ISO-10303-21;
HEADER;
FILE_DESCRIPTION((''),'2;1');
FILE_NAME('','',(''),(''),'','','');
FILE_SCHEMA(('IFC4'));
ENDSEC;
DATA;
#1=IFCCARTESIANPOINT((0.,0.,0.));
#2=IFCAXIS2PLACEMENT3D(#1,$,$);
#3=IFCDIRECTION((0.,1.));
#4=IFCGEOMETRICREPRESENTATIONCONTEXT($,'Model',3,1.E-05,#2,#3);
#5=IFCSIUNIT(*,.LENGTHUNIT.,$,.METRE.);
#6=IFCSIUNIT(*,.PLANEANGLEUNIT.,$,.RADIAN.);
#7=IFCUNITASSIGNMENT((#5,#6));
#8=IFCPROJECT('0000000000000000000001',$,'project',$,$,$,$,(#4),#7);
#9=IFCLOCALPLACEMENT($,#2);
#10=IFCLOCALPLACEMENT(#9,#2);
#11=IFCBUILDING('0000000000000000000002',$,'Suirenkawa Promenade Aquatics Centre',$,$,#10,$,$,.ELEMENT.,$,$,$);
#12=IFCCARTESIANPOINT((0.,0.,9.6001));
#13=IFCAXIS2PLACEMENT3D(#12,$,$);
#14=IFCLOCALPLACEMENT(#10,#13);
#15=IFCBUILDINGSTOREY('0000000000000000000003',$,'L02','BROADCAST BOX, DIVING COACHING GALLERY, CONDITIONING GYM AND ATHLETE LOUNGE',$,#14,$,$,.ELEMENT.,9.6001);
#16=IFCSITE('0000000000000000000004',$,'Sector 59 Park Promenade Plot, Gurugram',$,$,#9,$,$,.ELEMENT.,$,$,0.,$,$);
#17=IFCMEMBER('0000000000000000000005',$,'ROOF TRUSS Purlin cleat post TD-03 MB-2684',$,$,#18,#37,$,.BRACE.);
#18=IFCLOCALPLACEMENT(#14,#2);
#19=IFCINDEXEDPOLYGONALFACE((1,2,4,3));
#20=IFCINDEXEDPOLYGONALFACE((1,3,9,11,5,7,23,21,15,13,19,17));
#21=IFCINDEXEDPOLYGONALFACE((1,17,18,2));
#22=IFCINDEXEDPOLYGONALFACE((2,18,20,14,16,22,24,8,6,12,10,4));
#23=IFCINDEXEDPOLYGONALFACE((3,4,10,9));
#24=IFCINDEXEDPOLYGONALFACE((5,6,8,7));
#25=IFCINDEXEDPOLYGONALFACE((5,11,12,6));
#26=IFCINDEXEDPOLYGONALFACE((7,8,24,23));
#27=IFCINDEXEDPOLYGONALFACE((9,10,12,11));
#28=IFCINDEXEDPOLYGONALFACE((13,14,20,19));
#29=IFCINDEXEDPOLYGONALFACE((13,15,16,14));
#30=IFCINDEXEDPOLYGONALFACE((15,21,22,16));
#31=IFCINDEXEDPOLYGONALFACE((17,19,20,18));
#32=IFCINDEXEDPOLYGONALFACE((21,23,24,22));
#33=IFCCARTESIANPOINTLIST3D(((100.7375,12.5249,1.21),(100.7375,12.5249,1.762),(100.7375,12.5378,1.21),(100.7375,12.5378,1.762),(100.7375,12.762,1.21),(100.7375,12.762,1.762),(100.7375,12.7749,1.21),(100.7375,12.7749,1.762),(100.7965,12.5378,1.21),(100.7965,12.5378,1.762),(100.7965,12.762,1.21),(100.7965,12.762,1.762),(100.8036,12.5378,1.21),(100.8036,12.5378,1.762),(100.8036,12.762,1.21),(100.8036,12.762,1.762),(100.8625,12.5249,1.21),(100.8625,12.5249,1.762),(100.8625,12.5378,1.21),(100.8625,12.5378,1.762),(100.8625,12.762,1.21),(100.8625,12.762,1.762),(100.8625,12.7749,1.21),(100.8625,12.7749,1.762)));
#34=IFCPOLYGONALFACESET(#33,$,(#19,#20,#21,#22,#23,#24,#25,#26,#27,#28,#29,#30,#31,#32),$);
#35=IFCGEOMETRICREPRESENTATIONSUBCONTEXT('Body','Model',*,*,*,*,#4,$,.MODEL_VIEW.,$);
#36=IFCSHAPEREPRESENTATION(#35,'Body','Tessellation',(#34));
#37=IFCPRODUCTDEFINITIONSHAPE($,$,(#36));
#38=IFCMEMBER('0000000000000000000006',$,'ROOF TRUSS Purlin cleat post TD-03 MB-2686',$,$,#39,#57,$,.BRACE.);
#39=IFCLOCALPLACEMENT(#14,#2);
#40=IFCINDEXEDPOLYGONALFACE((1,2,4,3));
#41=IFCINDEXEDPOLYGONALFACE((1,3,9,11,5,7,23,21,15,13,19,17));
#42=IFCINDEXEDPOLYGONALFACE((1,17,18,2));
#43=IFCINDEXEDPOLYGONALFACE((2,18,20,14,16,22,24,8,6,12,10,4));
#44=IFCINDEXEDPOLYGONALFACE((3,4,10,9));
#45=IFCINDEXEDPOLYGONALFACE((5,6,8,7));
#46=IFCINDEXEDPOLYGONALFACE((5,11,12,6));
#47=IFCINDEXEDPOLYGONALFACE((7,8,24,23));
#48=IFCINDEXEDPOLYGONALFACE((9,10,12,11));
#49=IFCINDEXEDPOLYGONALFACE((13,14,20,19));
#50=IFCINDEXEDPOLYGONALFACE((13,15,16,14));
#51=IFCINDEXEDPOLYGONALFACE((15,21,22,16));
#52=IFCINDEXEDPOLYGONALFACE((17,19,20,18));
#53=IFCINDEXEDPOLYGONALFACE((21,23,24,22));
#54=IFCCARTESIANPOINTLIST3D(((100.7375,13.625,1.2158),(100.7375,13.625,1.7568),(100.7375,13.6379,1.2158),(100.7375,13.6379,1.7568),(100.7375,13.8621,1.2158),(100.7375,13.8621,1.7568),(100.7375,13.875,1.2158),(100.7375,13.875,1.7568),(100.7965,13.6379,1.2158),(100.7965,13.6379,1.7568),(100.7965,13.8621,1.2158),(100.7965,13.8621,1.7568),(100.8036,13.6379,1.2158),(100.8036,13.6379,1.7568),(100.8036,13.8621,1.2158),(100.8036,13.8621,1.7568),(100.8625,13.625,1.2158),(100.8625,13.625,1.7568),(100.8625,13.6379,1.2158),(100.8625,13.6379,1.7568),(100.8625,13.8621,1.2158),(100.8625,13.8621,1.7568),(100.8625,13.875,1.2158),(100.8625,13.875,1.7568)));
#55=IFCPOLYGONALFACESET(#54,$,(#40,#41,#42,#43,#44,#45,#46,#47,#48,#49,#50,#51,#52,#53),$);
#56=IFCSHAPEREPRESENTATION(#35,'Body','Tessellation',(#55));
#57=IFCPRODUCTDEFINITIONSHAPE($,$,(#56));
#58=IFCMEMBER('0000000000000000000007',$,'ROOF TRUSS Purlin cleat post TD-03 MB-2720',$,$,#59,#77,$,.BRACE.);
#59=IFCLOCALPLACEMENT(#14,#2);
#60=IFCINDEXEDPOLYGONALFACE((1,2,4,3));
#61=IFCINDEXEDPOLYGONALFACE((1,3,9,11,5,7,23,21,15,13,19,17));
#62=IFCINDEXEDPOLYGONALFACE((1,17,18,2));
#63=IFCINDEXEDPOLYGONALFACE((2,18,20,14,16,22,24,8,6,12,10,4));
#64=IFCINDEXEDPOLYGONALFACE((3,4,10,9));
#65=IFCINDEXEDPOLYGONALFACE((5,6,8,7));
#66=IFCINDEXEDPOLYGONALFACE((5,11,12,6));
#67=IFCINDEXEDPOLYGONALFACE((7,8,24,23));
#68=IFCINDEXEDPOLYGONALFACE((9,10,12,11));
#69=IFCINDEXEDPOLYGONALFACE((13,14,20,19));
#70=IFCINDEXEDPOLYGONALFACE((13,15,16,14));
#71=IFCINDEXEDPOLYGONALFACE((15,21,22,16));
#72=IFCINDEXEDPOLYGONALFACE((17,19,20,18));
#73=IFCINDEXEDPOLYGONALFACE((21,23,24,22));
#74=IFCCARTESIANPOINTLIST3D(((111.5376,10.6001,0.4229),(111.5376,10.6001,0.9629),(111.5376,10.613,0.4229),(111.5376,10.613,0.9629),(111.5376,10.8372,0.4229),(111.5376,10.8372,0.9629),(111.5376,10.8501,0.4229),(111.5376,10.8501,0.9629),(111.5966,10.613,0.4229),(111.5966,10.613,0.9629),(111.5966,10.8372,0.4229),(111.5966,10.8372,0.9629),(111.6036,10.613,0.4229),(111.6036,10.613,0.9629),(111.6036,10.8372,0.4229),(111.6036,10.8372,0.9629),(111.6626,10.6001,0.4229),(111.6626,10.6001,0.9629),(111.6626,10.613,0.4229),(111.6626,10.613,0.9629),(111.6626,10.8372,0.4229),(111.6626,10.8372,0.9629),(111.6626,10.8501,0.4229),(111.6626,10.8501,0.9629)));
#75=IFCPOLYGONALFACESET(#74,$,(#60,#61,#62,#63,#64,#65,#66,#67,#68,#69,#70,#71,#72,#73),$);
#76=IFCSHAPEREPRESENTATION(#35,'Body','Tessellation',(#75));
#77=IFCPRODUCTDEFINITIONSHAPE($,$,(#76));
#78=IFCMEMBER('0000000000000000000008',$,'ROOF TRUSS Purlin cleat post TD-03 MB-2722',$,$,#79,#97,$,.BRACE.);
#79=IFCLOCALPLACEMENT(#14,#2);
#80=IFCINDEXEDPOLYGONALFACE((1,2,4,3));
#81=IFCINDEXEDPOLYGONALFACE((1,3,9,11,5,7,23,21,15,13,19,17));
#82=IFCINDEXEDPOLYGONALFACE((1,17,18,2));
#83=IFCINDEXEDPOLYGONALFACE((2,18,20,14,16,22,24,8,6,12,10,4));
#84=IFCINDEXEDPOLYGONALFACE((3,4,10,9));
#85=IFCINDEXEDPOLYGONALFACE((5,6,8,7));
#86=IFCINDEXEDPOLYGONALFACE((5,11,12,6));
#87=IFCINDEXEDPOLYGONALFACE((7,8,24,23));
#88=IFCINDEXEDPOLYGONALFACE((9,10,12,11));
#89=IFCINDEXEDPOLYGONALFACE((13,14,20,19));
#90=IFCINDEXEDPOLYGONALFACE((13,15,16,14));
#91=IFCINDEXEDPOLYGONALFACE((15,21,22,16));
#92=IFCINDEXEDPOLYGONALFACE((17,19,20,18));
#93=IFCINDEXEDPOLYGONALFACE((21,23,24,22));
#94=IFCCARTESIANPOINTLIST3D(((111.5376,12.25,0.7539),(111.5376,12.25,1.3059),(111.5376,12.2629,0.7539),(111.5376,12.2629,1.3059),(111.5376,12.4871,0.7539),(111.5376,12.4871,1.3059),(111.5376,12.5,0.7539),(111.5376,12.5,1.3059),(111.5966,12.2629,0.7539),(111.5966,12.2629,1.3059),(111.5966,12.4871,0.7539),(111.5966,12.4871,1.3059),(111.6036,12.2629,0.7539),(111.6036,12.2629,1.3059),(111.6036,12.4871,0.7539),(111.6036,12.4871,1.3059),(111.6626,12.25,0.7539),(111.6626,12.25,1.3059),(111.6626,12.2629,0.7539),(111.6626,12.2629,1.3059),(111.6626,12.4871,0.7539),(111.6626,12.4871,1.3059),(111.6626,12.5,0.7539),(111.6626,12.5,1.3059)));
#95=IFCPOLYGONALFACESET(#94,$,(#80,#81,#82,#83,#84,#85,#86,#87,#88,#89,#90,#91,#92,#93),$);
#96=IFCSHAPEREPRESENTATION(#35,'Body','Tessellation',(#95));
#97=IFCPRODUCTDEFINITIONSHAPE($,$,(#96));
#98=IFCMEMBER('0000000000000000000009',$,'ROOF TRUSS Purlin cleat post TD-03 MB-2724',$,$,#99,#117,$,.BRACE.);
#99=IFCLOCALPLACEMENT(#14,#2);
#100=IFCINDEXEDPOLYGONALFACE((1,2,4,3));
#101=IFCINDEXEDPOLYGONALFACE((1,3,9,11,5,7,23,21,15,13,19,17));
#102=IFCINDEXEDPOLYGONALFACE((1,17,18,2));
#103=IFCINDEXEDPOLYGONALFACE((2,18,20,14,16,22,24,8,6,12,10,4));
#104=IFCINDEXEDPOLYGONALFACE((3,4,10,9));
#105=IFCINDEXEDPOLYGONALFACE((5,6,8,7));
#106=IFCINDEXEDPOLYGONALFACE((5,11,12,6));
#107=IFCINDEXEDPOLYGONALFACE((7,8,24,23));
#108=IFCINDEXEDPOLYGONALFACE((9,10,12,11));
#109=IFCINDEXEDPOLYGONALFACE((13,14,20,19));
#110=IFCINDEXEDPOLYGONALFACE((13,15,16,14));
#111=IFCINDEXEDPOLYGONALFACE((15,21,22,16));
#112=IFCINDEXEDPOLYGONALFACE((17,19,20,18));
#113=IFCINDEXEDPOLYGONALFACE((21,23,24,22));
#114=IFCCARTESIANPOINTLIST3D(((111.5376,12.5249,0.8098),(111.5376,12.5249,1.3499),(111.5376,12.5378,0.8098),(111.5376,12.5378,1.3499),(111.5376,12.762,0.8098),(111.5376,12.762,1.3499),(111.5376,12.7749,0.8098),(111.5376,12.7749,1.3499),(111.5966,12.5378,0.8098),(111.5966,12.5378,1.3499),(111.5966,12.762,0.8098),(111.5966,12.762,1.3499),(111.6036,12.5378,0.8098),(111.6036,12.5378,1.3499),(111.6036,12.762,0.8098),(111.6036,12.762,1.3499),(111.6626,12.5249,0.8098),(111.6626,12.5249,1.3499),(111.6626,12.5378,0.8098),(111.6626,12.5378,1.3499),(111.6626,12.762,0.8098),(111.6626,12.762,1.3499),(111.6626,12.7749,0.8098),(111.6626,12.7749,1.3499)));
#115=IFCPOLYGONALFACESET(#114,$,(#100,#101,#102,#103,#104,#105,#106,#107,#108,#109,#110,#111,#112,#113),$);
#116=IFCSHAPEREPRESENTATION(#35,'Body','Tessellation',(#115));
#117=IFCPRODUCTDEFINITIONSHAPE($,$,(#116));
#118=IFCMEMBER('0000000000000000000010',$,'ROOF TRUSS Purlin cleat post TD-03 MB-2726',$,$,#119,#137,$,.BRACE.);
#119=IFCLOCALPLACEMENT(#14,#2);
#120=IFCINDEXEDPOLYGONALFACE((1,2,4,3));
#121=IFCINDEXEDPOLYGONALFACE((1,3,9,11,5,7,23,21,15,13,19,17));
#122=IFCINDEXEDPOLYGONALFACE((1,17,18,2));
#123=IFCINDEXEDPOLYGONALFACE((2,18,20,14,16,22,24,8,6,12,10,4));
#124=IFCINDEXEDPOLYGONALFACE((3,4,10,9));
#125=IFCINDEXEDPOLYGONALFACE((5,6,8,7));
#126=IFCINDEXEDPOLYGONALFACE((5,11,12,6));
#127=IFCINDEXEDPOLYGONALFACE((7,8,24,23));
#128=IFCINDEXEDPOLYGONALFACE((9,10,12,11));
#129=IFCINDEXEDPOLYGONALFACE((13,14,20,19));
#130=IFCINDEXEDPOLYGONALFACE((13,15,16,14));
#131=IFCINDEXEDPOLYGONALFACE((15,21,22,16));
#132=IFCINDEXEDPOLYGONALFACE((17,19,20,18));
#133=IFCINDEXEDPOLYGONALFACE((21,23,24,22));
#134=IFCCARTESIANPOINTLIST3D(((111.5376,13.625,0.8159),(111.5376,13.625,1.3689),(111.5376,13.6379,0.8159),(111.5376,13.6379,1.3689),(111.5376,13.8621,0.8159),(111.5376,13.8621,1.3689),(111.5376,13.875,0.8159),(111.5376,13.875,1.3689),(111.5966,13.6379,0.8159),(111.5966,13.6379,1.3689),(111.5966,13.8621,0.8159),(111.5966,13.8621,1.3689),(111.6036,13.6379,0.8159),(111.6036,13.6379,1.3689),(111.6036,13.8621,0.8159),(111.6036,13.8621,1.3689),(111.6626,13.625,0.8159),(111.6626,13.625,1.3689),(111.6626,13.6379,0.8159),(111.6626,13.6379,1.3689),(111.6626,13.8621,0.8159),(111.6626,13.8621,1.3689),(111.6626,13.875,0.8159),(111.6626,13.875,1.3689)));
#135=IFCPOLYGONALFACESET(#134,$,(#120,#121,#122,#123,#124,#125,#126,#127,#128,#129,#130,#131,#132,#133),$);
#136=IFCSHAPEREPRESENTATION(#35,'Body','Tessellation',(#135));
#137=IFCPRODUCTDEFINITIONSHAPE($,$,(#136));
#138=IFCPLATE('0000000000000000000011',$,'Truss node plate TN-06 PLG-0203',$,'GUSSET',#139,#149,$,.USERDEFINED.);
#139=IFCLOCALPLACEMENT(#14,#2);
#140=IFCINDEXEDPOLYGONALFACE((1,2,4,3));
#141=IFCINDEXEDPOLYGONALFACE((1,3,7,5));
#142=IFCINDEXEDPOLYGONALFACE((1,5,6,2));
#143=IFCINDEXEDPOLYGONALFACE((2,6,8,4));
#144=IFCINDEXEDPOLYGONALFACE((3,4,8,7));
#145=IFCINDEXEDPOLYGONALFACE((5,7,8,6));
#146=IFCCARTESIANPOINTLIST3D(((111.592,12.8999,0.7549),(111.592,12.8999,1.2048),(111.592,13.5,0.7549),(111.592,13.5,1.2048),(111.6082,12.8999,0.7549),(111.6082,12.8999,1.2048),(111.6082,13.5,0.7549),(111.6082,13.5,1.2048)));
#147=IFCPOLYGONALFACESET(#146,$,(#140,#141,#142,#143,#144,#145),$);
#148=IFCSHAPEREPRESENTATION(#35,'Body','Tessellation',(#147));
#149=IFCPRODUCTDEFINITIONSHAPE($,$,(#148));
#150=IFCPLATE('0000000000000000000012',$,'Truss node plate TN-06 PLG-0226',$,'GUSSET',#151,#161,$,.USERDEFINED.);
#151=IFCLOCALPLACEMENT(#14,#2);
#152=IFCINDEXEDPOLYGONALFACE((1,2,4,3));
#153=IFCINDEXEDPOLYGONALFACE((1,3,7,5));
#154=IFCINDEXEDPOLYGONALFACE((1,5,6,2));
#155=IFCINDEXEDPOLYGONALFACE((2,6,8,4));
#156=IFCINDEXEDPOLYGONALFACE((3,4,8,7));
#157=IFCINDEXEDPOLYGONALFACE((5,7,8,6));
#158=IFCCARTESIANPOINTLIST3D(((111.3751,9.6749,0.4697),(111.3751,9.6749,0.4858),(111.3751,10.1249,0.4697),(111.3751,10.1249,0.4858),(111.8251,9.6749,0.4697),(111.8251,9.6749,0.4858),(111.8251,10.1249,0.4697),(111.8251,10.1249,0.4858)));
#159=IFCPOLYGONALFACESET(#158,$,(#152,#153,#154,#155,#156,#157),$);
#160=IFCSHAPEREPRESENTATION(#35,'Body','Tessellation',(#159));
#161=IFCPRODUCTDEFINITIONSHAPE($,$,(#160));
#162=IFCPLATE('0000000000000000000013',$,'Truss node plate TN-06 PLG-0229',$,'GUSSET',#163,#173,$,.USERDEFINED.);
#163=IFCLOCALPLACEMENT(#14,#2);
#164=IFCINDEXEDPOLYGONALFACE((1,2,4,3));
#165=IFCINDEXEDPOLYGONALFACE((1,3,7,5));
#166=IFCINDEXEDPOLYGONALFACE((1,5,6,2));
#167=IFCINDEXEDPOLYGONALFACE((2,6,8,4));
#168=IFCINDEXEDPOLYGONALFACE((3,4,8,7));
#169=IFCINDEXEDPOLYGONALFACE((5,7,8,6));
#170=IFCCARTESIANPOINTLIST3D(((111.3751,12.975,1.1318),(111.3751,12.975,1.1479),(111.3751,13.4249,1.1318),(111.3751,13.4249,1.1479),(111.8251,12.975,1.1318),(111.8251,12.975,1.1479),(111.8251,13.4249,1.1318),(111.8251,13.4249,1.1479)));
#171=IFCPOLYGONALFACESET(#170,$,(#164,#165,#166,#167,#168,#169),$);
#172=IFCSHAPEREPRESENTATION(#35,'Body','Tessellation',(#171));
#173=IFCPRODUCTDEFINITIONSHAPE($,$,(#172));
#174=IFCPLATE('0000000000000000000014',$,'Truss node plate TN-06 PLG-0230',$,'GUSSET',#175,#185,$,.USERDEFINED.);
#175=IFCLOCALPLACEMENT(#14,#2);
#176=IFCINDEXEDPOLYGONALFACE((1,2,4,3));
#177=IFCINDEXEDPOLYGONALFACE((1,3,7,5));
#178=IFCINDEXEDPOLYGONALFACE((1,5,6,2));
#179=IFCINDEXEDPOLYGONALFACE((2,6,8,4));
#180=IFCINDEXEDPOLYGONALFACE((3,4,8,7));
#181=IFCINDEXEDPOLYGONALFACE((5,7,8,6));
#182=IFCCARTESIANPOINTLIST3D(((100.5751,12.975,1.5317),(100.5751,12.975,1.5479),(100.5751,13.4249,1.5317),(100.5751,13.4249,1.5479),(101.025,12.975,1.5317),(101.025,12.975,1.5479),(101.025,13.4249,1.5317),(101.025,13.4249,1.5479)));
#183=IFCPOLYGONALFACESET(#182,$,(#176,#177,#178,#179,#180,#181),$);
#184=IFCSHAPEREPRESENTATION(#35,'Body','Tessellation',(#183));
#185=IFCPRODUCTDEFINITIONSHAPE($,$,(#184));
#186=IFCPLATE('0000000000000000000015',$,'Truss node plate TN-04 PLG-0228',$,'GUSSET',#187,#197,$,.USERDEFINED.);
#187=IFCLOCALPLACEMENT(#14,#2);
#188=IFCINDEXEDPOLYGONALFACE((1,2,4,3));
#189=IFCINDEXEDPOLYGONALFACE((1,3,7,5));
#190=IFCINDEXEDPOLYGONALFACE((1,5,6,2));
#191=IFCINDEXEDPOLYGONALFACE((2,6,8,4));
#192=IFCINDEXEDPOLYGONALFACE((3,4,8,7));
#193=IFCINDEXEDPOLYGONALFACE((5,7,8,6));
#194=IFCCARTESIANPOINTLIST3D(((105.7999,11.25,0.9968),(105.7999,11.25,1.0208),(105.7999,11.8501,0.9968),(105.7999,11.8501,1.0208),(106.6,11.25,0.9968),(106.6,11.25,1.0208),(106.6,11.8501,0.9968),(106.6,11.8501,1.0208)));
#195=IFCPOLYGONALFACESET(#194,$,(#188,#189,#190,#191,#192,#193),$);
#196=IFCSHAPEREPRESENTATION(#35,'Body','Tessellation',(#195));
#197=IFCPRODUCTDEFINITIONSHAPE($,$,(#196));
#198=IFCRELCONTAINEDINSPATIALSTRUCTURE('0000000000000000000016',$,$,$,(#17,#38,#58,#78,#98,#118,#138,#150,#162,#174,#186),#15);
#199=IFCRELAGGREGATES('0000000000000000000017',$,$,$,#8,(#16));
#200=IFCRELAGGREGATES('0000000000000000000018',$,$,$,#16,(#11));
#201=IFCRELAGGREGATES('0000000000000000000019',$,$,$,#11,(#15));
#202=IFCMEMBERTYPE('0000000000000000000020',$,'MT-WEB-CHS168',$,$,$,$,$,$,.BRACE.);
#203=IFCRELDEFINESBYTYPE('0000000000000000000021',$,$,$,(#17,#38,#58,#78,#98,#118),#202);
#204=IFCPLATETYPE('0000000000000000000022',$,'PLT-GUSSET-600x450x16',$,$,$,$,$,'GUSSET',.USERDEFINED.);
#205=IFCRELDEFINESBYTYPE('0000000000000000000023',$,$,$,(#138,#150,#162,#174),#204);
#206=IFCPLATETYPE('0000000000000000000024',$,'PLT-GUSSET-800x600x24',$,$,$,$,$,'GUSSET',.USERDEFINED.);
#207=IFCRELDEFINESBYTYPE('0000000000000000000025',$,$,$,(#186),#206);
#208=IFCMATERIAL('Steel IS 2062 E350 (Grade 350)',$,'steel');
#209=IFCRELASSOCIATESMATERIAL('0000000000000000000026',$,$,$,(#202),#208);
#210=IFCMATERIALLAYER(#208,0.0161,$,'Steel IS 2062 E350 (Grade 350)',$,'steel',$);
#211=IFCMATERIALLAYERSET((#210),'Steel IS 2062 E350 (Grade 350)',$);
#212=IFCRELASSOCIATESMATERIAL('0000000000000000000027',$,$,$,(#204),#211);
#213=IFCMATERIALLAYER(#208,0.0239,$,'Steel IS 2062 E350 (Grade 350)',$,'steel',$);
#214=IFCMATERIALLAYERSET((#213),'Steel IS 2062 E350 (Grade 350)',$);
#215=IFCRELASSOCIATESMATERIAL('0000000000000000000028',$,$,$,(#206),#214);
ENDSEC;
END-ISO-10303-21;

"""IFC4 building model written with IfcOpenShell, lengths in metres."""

from ifc_helpers import new_model, si_unit, direction, frame, origin, origin_2d, place, context, subcontext, project, spatial, rectangle, i_section, extrude, material, layer, layer_set, material_profile, profile_set, type_object, element, save


model = new_model("IFC4")

# Units and contexts
model_context = context("Model", 3, precision=1e-05, world=origin(), true_north=direction((0.0, 1.0)))
body_context = subcontext(model_context, "Body", "Model", "MODEL_VIEW")
ifc_project = project(units=[si_unit("LENGTHUNIT", "METRE"), si_unit("PLANEANGLEUNIT", "RADIAN")], contexts=[model_context])

# Site, building, storey
site_placement = place(None, origin())
site = spatial("IfcSite", under=ifc_project, at=site_placement, Name="Sector 59 Park Promenade Plot, Gurugram", CompositionType="ELEMENT", RefElevation=0.0)
building_placement = place(site_placement, origin())
building = spatial("IfcBuilding", under=site, at=building_placement, Name="Suirenkawa Promenade Aquatics Centre", CompositionType="ELEMENT")
storey_placement = place(building_placement, frame((0.0, 0.0, 9.6001)))
storey = spatial("IfcBuildingStorey", under=building, at=storey_placement, Name="L02", Description="BROADCAST BOX, DIVING COACHING GALLERY, CONDITIONING GYM AND ATHLETE LOUNGE", CompositionType="ELEMENT", Elevation=9.6001)

# Shared definitions
ifc_material_1 = material(Name="Steel IS 2062 E350 (Grade 350)", Category="steel")

# Members
ifc_material_profile_1 = material_profile(ifc_material_1, i_section(OverallWidth=0.125, OverallDepth=0.25, WebThickness=0.0071, FlangeThickness=0.0129, at=origin_2d()), Name="ISMB 250", Category="steel")
ifc_profile_set_1 = profile_set([ifc_material_profile_1], Name="Steel IS 2062 E350 (Grade 350)")
member_type_1 = type_object("IfcMemberType", Name="MT-WEB-CHS168", PredefinedType="BRACE", material=ifc_profile_set_1)
member_1_placement = place(storey_placement, frame((100.8, 12.6499, 1.21), z_axis=(0.0, 0.0, 1.0), x_axis=(1.0, 0.0, 0.0)))
element("IfcMember", 1, at=member_1_placement, inside=storey, type_object=member_type_1, Name="ROOF TRUSS Purlin cleat post TD-03 MB-2684", PredefinedType="BRACE", context=body_context, shape_type="SweptSolid", body=[
    extrude(i_section(OverallWidth=0.125, OverallDepth=0.25, WebThickness=0.0071, FlangeThickness=0.0129, at=origin_2d()), origin(), (0.0, 0.0, 1.0), 0.552),
])
member_2_placement = place(storey_placement, frame((100.8, 13.75, 1.2158), z_axis=(0.0, 0.0, 1.0), x_axis=(1.0, 0.0, 0.0)))
element("IfcMember", 2, at=member_2_placement, inside=storey, type_object=member_type_1, Name="ROOF TRUSS Purlin cleat post TD-03 MB-2686", PredefinedType="BRACE", context=body_context, shape_type="SweptSolid", body=[
    extrude(i_section(OverallWidth=0.125, OverallDepth=0.25, WebThickness=0.0071, FlangeThickness=0.0129, at=origin_2d()), origin(), (0.0, 0.0, 1.0), 0.541),
])
member_3_placement = place(storey_placement, frame((111.6001, 10.7251, 0.4229), z_axis=(0.0, 0.0, 1.0), x_axis=(1.0, 0.0, 0.0)))
element("IfcMember", 3, at=member_3_placement, inside=storey, type_object=member_type_1, Name="ROOF TRUSS Purlin cleat post TD-03 MB-2720", PredefinedType="BRACE", context=body_context, shape_type="SweptSolid", body=[
    extrude(i_section(OverallWidth=0.125, OverallDepth=0.25, WebThickness=0.0071, FlangeThickness=0.0129, at=origin_2d()), origin(), (0.0, 0.0, 1.0), 0.54),
])
member_4_placement = place(storey_placement, frame((111.6001, 12.375, 0.7539), z_axis=(0.0, 0.0, 1.0), x_axis=(1.0, 0.0, 0.0)))
element("IfcMember", 4, at=member_4_placement, inside=storey, type_object=member_type_1, Name="ROOF TRUSS Purlin cleat post TD-03 MB-2722", PredefinedType="BRACE", context=body_context, shape_type="SweptSolid", body=[
    extrude(i_section(OverallWidth=0.125, OverallDepth=0.25, WebThickness=0.0071, FlangeThickness=0.0129, at=origin_2d()), origin(), (0.0, 0.0, 1.0), 0.552),
])
member_5_placement = place(storey_placement, frame((111.6001, 12.6499, 0.8098), z_axis=(0.0, 0.0, 1.0), x_axis=(1.0, 0.0, 0.0)))
element("IfcMember", 5, at=member_5_placement, inside=storey, type_object=member_type_1, Name="ROOF TRUSS Purlin cleat post TD-03 MB-2724", PredefinedType="BRACE", context=body_context, shape_type="SweptSolid", body=[
    extrude(i_section(OverallWidth=0.125, OverallDepth=0.25, WebThickness=0.0071, FlangeThickness=0.0129, at=origin_2d()), origin(), (0.0, 0.0, 1.0), 0.54),
])
member_6_placement = place(storey_placement, frame((111.6001, 13.75, 0.8159), z_axis=(0.0, 0.0, 1.0), x_axis=(1.0, 0.0, 0.0)))
element("IfcMember", 6, at=member_6_placement, inside=storey, type_object=member_type_1, Name="ROOF TRUSS Purlin cleat post TD-03 MB-2726", PredefinedType="BRACE", context=body_context, shape_type="SweptSolid", body=[
    extrude(i_section(OverallWidth=0.125, OverallDepth=0.25, WebThickness=0.0071, FlangeThickness=0.0129, at=origin_2d()), origin(), (0.0, 0.0, 1.0), 0.553),
])

# Plates
ifc_layer_1 = layer(ifc_material_1, 0.0161, Name="Steel IS 2062 E350 (Grade 350)", Category="steel")
ifc_layer_set_1 = layer_set([ifc_layer_1], Name="Steel IS 2062 E350 (Grade 350)")
plate_type_1 = type_object("IfcPlateType", Name="PLT-GUSSET-600x450x16", ElementType="GUSSET", PredefinedType="USERDEFINED", material=ifc_layer_set_1)
plate_1_placement = place(storey_placement, frame((111.6001, 13.2, 0.7549), z_axis=(0.0, 0.0, 1.0), x_axis=(0.0, 1.0, 0.0)))
element("IfcPlate", 7, at=plate_1_placement, inside=storey, type_object=plate_type_1, Name="Truss node plate TN-06 PLG-0203", ObjectType="GUSSET", PredefinedType="USERDEFINED", context=body_context, shape_type="SweptSolid", body=[
    extrude(rectangle(XDim=0.6001, YDim=0.0161, at=origin_2d()), origin(), (0.0, 0.0, 1.0), 0.45),
])
for number, where, z_axis, x_axis, name in (
    (8, (111.6001, 9.8999, 0.4697), (0.0, 0.0, 1.0), (1.0, 0.0, 0.0), "Truss node plate TN-06 PLG-0226"),
    (9, (111.6001, 13.2, 1.1318), (0.0, 0.0, 1.0), (1.0, 0.0, 0.0), "Truss node plate TN-06 PLG-0229"),
    (10, (100.8, 13.2, 1.5317), (0.0, 0.0, 1.0), (1.0, 0.0, 0.0), "Truss node plate TN-06 PLG-0230"),
):
    element("IfcPlate", number, at=place(storey_placement, frame(where, z_axis=z_axis, x_axis=x_axis)), inside=storey, type_object=plate_type_1, Name=name, ObjectType="GUSSET", PredefinedType="USERDEFINED", context=body_context, shape_type="SweptSolid", body=[
        extrude(rectangle(XDim=0.45, YDim=0.45, at=origin_2d()), origin(), (0.0, 0.0, 1.0), 0.0161),
    ])
ifc_layer_2 = layer(ifc_material_1, 0.0239, Name="Steel IS 2062 E350 (Grade 350)", Category="steel")
ifc_layer_set_2 = layer_set([ifc_layer_2], Name="Steel IS 2062 E350 (Grade 350)")
plate_type_2 = type_object("IfcPlateType", Name="PLT-GUSSET-800x600x24", ElementType="GUSSET", PredefinedType="USERDEFINED", material=ifc_layer_set_2)
plate_2_placement = place(storey_placement, frame((106.2, 11.55, 0.9968), z_axis=(0.0, 0.0, 1.0), x_axis=(1.0, 0.0, 0.0)))
element("IfcPlate", 11, at=plate_2_placement, inside=storey, type_object=plate_type_2, Name="Truss node plate TN-04 PLG-0228", ObjectType="GUSSET", PredefinedType="USERDEFINED", context=body_context, shape_type="SweptSolid", body=[
    extrude(rectangle(XDim=0.8, YDim=0.6001, at=origin_2d()), origin(), (0.0, 0.0, 1.0), 0.0239),
])

save(model, "model.ifc")
